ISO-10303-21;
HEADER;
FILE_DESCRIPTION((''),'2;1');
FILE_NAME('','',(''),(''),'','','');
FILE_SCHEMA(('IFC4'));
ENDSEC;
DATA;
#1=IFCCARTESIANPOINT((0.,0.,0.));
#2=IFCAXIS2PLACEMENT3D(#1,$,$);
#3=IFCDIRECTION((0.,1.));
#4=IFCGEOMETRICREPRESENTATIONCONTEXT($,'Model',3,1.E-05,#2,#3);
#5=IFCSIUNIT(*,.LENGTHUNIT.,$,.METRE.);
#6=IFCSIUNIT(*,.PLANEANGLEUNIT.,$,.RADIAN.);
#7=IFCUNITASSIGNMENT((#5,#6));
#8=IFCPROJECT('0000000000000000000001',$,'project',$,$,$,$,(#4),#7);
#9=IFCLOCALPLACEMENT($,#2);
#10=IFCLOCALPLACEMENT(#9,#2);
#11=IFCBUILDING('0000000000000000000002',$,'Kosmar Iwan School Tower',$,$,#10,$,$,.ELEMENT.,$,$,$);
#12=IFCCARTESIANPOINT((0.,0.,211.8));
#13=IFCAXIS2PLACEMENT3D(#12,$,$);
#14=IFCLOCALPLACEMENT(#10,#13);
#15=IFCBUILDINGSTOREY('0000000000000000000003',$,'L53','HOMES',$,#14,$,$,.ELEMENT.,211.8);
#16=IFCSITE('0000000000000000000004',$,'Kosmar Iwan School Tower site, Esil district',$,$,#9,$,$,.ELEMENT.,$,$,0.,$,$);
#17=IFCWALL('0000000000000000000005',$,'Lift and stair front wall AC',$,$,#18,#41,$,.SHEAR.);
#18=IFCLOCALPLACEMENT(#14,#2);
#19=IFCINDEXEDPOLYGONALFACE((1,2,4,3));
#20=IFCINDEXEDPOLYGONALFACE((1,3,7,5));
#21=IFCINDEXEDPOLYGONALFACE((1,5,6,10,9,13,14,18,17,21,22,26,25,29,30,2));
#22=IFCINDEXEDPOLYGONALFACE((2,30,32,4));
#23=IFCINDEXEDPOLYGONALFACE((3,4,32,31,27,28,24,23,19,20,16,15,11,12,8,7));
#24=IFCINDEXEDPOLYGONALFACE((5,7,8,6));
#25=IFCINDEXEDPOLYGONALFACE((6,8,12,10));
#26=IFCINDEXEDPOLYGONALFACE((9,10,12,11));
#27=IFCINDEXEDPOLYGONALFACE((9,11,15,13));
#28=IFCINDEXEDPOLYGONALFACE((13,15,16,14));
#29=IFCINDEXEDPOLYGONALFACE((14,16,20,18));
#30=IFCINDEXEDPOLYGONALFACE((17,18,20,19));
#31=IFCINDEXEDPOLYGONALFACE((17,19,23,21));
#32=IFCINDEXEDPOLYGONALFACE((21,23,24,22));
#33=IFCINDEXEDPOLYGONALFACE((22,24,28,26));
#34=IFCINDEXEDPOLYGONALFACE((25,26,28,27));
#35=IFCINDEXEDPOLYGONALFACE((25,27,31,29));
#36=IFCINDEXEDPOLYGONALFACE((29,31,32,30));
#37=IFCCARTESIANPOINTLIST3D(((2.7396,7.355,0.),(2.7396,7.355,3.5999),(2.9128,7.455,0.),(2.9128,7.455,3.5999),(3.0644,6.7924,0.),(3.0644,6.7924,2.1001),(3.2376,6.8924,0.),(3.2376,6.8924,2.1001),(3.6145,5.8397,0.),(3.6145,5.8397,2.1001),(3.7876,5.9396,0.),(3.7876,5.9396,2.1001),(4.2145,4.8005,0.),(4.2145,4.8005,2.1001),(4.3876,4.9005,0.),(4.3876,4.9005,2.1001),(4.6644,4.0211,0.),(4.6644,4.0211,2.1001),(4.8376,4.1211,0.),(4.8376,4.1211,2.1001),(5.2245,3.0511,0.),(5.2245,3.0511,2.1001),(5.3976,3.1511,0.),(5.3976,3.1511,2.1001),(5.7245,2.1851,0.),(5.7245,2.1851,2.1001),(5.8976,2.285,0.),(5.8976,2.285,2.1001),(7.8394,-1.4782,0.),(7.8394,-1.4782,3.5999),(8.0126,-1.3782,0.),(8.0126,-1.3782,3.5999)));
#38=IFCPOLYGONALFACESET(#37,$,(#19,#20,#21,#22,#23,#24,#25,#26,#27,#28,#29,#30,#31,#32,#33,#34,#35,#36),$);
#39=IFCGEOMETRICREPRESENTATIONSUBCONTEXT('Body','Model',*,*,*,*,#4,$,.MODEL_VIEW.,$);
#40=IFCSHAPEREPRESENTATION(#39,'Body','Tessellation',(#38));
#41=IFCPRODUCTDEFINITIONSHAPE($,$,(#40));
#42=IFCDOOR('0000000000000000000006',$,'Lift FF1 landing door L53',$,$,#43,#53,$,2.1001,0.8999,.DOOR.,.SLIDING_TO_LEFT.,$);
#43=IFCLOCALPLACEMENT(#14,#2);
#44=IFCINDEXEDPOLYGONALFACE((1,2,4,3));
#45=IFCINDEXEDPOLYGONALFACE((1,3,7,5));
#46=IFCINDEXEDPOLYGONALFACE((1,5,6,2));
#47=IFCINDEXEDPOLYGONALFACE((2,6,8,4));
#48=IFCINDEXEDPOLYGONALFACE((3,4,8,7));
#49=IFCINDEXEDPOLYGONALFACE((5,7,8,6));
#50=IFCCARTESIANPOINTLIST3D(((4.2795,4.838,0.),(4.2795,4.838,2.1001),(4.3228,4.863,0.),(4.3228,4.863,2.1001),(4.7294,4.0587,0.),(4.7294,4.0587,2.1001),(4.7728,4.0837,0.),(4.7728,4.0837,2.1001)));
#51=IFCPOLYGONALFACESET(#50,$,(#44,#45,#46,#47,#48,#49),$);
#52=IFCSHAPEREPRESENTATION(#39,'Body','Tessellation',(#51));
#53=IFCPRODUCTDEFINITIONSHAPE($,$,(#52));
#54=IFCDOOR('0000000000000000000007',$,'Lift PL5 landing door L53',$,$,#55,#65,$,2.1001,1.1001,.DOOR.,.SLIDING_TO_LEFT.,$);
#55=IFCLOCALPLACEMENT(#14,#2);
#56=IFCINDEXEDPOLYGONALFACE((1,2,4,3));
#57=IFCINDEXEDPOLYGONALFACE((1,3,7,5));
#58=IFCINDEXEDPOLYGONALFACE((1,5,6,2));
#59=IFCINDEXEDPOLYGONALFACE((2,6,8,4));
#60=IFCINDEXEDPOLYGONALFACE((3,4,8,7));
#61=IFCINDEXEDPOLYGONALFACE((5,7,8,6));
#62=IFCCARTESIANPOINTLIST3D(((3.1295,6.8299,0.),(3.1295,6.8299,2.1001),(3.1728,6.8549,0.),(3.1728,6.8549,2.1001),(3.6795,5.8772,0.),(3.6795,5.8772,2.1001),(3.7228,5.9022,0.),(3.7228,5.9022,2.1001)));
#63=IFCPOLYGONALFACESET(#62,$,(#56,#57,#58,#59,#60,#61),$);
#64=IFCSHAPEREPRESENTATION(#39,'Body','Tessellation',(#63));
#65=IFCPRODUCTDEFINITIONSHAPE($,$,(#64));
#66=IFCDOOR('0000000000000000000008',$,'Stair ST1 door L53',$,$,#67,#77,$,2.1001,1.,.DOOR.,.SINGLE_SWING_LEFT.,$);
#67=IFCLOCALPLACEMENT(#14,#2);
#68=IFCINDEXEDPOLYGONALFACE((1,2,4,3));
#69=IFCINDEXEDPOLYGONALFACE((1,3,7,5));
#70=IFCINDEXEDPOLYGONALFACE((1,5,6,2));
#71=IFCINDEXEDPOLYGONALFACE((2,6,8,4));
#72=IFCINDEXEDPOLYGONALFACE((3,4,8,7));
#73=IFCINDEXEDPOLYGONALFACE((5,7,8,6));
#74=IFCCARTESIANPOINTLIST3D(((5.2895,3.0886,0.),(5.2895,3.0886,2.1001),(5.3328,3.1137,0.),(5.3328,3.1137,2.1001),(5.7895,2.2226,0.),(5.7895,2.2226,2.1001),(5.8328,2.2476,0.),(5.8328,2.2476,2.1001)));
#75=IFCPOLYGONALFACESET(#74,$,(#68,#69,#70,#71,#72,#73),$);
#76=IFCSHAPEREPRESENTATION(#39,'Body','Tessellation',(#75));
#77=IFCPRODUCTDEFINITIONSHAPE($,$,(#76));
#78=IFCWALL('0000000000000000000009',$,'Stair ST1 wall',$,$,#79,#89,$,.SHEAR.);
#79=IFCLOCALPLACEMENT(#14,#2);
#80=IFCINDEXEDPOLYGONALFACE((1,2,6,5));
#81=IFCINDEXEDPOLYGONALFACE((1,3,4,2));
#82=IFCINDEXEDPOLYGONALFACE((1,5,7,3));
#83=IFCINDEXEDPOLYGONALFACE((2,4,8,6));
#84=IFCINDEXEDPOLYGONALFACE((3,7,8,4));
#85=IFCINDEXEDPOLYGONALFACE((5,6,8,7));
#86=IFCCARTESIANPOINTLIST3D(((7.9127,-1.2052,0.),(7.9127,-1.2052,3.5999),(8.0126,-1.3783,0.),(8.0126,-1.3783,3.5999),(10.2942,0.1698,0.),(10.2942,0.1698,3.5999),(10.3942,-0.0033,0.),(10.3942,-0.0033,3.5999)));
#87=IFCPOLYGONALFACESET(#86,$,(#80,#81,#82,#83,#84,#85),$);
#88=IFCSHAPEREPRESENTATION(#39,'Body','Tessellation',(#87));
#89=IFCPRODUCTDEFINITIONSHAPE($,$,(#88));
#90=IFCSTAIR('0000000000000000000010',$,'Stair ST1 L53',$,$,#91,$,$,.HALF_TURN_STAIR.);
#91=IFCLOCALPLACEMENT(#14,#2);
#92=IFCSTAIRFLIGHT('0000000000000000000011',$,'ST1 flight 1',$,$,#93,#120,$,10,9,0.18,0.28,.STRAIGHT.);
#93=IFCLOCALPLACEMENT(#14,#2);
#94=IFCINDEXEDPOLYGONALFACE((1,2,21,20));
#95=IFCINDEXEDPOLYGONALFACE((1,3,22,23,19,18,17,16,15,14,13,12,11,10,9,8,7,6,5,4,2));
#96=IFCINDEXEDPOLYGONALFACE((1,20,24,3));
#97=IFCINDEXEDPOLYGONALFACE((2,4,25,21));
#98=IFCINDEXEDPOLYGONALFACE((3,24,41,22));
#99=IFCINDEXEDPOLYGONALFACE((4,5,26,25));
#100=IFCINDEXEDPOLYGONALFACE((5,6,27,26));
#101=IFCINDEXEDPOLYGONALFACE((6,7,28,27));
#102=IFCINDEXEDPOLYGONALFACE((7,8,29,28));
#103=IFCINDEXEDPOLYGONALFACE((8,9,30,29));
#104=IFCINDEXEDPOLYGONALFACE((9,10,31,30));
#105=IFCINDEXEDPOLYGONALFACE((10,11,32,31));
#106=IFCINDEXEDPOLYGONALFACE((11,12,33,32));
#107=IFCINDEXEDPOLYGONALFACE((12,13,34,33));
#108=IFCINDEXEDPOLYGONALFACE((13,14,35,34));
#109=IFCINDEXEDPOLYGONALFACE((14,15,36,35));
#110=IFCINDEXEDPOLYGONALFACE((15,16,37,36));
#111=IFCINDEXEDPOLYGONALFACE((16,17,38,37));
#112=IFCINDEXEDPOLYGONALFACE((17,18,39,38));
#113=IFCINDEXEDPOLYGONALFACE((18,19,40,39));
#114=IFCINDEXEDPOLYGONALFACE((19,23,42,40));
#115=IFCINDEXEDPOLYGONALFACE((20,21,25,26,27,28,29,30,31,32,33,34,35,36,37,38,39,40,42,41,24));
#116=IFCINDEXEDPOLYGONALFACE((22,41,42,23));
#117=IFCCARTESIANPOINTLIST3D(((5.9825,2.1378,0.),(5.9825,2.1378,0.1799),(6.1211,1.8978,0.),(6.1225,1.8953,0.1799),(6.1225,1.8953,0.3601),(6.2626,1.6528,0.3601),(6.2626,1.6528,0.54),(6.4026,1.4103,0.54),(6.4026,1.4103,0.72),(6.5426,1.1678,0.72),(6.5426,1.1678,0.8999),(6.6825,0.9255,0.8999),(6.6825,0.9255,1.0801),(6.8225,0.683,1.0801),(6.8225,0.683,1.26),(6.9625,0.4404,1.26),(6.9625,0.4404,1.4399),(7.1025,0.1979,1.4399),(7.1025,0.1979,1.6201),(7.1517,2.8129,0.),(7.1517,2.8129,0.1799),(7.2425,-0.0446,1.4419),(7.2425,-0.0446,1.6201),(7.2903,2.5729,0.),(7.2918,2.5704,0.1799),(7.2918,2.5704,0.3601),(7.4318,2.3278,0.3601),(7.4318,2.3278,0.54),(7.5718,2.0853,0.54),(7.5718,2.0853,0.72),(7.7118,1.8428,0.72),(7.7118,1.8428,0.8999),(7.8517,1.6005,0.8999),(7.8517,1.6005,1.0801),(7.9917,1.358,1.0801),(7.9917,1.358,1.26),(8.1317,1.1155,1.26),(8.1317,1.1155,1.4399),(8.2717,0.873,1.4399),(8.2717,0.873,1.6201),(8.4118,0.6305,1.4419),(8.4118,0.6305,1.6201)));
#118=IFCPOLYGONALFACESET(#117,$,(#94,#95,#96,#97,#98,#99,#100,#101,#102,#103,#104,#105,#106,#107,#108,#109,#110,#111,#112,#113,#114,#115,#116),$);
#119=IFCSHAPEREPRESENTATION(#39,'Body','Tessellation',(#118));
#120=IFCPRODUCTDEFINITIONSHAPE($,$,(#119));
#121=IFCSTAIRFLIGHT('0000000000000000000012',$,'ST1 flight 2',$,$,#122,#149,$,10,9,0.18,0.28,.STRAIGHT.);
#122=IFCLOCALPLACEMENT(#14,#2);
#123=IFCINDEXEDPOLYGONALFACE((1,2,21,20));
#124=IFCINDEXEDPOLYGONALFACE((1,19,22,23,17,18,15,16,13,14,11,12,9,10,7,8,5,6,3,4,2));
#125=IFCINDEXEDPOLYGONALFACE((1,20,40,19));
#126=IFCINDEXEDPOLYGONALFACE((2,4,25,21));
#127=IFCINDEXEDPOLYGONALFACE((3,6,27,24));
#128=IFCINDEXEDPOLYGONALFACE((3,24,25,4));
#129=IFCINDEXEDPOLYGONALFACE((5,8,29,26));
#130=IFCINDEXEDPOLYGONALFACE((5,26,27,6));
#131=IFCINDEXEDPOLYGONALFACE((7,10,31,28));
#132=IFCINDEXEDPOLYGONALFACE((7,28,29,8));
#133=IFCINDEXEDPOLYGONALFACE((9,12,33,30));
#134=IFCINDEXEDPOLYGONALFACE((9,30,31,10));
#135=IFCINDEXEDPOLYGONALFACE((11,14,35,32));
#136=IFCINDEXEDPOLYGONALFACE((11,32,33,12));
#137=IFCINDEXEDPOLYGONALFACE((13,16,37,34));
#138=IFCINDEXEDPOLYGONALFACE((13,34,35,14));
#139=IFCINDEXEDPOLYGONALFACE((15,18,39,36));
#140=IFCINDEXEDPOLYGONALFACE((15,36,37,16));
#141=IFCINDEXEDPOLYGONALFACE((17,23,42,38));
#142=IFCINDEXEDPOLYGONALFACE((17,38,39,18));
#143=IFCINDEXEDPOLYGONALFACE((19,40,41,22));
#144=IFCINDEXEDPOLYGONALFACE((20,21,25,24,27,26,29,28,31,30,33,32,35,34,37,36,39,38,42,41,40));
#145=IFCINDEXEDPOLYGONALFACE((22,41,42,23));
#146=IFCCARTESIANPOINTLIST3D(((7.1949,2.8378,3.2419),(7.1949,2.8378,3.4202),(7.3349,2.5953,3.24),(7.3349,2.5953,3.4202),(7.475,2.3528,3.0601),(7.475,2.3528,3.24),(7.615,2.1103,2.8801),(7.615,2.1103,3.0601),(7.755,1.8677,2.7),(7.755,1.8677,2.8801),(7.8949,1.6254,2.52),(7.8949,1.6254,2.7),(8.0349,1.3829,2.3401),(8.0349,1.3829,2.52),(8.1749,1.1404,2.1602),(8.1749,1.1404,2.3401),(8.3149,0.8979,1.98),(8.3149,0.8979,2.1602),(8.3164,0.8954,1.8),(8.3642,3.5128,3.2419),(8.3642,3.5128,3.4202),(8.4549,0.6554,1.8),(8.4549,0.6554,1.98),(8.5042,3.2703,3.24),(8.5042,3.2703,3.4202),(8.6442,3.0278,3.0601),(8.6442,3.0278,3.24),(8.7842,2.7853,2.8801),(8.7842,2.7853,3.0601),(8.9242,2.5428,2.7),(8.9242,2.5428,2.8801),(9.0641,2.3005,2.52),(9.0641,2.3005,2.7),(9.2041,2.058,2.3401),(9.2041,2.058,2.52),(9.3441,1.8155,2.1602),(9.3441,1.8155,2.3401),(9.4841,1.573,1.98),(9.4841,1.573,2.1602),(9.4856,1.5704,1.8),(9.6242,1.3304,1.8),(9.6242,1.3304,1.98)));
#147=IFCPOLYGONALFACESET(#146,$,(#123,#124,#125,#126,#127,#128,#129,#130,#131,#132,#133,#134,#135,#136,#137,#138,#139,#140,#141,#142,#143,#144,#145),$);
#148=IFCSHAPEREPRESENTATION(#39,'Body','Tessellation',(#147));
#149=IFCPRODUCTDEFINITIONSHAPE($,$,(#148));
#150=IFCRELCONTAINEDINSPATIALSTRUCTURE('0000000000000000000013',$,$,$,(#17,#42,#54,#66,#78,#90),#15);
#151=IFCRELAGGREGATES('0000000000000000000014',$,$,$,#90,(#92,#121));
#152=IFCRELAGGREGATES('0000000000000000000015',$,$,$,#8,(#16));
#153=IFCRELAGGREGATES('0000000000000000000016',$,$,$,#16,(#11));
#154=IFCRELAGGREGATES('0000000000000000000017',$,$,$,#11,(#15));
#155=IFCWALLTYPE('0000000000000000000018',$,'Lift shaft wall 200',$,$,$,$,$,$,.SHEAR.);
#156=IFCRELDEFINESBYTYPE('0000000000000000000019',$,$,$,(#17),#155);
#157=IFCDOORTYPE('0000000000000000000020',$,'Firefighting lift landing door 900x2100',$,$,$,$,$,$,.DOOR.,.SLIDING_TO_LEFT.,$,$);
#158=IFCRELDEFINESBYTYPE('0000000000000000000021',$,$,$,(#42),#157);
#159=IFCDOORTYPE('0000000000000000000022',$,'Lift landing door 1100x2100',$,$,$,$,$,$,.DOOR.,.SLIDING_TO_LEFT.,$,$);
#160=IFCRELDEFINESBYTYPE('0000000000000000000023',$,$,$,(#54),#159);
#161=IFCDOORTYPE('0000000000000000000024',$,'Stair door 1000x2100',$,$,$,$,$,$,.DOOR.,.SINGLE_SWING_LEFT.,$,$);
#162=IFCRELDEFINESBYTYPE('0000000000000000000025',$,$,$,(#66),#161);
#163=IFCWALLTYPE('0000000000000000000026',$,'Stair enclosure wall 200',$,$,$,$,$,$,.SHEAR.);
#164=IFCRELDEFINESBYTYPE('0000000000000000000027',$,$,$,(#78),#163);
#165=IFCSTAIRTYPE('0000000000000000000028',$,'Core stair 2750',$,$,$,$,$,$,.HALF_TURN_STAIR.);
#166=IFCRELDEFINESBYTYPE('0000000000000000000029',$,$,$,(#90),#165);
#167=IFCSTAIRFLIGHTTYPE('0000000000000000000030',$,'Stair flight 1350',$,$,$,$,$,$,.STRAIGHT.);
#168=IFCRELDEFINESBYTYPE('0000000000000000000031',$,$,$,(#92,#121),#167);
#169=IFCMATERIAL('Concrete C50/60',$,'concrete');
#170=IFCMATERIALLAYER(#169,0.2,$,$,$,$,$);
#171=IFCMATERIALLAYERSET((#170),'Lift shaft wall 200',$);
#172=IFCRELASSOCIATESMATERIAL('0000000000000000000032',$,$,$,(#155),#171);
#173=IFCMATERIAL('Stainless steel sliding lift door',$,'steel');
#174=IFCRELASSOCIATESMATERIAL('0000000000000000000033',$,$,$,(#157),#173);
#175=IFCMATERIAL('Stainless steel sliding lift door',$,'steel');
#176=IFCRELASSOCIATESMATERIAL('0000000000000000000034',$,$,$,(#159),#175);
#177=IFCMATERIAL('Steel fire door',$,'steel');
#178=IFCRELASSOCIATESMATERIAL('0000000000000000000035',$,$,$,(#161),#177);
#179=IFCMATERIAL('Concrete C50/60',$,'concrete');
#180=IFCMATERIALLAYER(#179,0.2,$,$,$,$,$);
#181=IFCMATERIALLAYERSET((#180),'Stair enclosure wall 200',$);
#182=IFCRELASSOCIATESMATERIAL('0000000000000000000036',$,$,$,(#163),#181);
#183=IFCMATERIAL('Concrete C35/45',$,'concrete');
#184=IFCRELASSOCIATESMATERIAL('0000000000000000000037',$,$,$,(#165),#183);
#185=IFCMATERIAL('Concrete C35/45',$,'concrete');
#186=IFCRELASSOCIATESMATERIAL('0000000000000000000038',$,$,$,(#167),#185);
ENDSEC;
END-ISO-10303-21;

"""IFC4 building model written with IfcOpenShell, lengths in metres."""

from ifc_helpers import new_model, si_unit, direction, frame, frame_2d, origin, place, context, subcontext, project, spatial, polyline, rectangle, outline, extrude, material, layer, layer_set, type_object, element, fill, aggregate, save


model = new_model("IFC4")

# Units and contexts
model_context = context("Model", 3, precision=1e-05, world=origin(), true_north=direction((0.0, 1.0)))
body_context = subcontext(model_context, "Body", "Model", "MODEL_VIEW")
ifc_project = project(units=[si_unit("LENGTHUNIT", "METRE"), si_unit("PLANEANGLEUNIT", "RADIAN")], contexts=[model_context])

# Site, building, storey
site_placement = place(None, origin())
site = spatial("IfcSite", under=ifc_project, at=site_placement, Name="Kosmar Iwan School Tower site, Esil district", CompositionType="ELEMENT", RefElevation=0.0)
building_placement = place(site_placement, origin())
building = spatial("IfcBuilding", under=site, at=building_placement, Name="Kosmar Iwan School Tower", CompositionType="ELEMENT")
storey_placement = place(building_placement, frame((0.0, 0.0, 211.8)))
storey = spatial("IfcBuildingStorey", under=building, at=storey_placement, Name="L53", Description="HOMES", CompositionType="ELEMENT", Elevation=211.8)

# Wall, openings, doors
ifc_material_1 = material(Name="Concrete C50/60", Category="concrete")
ifc_layer_1 = layer(ifc_material_1, 0.2)
ifc_layer_set_1 = layer_set([ifc_layer_1], Name="Lift shaft wall 200")
wall_type_1 = type_object("IfcWallType", Name="Lift shaft wall 200", PredefinedType="SHEAR", material=ifc_layer_set_1)
wall_1_placement = place(storey_placement, frame((7.926, -1.4282, 0.0), z_axis=(0.0, 0.0, 1.0), x_axis=(-0.499998, 0.866027, 0.0)))
wall_1 = element("IfcWall", 1, at=wall_1_placement, inside=storey, type_object=wall_type_1, Name="Lift and stair front wall AC", PredefinedType="SHEAR", context=body_context, shape_type="SweptSolid", body=[
    extrude(rectangle(XDim=10.1997, YDim=0.2, at=frame_2d((5.0999, 0.0))), origin(), (0.0, 0.0, 1.0), 3.5999),
])
opening_1_placement = place(wall_1_placement, frame((6.3501, 0.0, 0.0)))
opening_1 = element("IfcOpeningElement", 2, at=opening_1_placement, cuts=wall_1, PredefinedType="OPENING", context=body_context, shape_type="SweptSolid", body=[
    extrude(rectangle(XDim=0.8999, YDim=2.1001, at=frame_2d((0.45, 1.05))), frame((0.0, 0.1121, 0.0), z_axis=(0.0, -1.0, 0.0), x_axis=(1.0, 0.0, 0.0)), (0.0, 0.0, 1.0), 0.2239),
])
opening_2_placement = place(wall_1_placement, frame((8.45, 0.0, 0.0)))
opening_2 = element("IfcOpeningElement", 3, at=opening_2_placement, cuts=wall_1, PredefinedType="OPENING", context=body_context, shape_type="SweptSolid", body=[
    extrude(rectangle(XDim=1.1001, YDim=2.1001, at=frame_2d((0.55, 1.05))), frame((0.0, 0.1121, 0.0), z_axis=(0.0, -1.0, 0.0), x_axis=(1.0, 0.0, 0.0)), (0.0, 0.0, 1.0), 0.2239),
])
opening_3_placement = place(wall_1_placement, frame((4.23, 0.0, 0.0)))
opening_3 = element("IfcOpeningElement", 4, at=opening_3_placement, cuts=wall_1, PredefinedType="OPENING", context=body_context, shape_type="SweptSolid", body=[
    extrude(rectangle(XDim=1.0, YDim=2.1001, at=frame_2d((0.5, 1.05))), frame((0.0, 0.1121, 0.0), z_axis=(0.0, -1.0, 0.0), x_axis=(1.0, 0.0, 0.0)), (0.0, 0.0, 1.0), 0.2239),
])
ifc_material_2 = material(Name="Stainless steel sliding lift door", Category="steel")
door_type_1 = type_object("IfcDoorType", Name="Firefighting lift landing door 900x2100", OperationType="SLIDING_TO_LEFT", PredefinedType="DOOR", material=ifc_material_2)
door_1_placement = place(opening_1_placement, origin())
door_1 = element("IfcDoor", 5, at=door_1_placement, inside=storey, type_object=door_type_1, Name="Lift FF1 landing door L53", OperationType="SLIDING_TO_LEFT", OverallHeight=2.1001, OverallWidth=0.8999, PredefinedType="DOOR", context=body_context, shape_type="SweptSolid", body=[
    extrude(rectangle(XDim=0.8999, YDim=2.1001, at=frame_2d((0.45, 1.05))), frame((0.0, 0.0249, 0.0), z_axis=(0.0, -1.0, 0.0), x_axis=(1.0, 0.0, 0.0)), (0.0, 0.0, 1.0), 0.05),
])
fill(opening_1, door_1)
ifc_material_3 = material(Name="Stainless steel sliding lift door", Category="steel")
door_type_2 = type_object("IfcDoorType", Name="Lift landing door 1100x2100", OperationType="SLIDING_TO_LEFT", PredefinedType="DOOR", material=ifc_material_3)
door_2_placement = place(opening_2_placement, origin())
door_2 = element("IfcDoor", 6, at=door_2_placement, inside=storey, type_object=door_type_2, Name="Lift PL5 landing door L53", OperationType="SLIDING_TO_LEFT", OverallHeight=2.1001, OverallWidth=1.1001, PredefinedType="DOOR", context=body_context, shape_type="SweptSolid", body=[
    extrude(rectangle(XDim=1.1001, YDim=2.1001, at=frame_2d((0.55, 1.05))), frame((0.0, 0.0249, 0.0), z_axis=(0.0, -1.0, 0.0), x_axis=(1.0, 0.0, 0.0)), (0.0, 0.0, 1.0), 0.05),
])
fill(opening_2, door_2)
ifc_material_4 = material(Name="Steel fire door", Category="steel")
door_type_3 = type_object("IfcDoorType", Name="Stair door 1000x2100", OperationType="SINGLE_SWING_LEFT", PredefinedType="DOOR", material=ifc_material_4)
door_3_placement = place(opening_3_placement, origin())
door_3 = element("IfcDoor", 7, at=door_3_placement, inside=storey, type_object=door_type_3, Name="Stair ST1 door L53", OperationType="SINGLE_SWING_LEFT", OverallHeight=2.1001, OverallWidth=1.0, PredefinedType="DOOR", context=body_context, shape_type="SweptSolid", body=[
    extrude(rectangle(XDim=1.0, YDim=2.1001, at=frame_2d((0.5, 1.05))), frame((0.0, 0.0249, 0.0), z_axis=(0.0, -1.0, 0.0), x_axis=(1.0, 0.0, 0.0)), (0.0, 0.0, 1.0), 0.05),
])
fill(opening_3, door_3)

# Wall
ifc_material_5 = material(Name="Concrete C50/60", Category="concrete")
ifc_layer_2 = layer(ifc_material_5, 0.2)
ifc_layer_set_2 = layer_set([ifc_layer_2], Name="Stair enclosure wall 200")
wall_type_2 = type_object("IfcWallType", Name="Stair enclosure wall 200", PredefinedType="SHEAR", material=ifc_layer_set_2)
wall_2_placement = place(storey_placement, frame((7.9626, -1.2917, 0.0), z_axis=(0.0, 0.0, 1.0), x_axis=(0.866027, 0.499997, 0.0)))
element("IfcWall", 8, at=wall_2_placement, inside=storey, type_object=wall_type_2, Name="Stair ST1 wall", PredefinedType="SHEAR", context=body_context, shape_type="SweptSolid", body=[
    extrude(rectangle(XDim=2.75, YDim=0.2, at=frame_2d((1.375, 0.0))), origin(), (0.0, 0.0, 1.0), 3.5999),
])

# Stair, stair flights
ifc_material_6 = material(Name="Concrete C35/45", Category="concrete")
stair_type = type_object("IfcStairType", Name="Core stair 2750", PredefinedType="HALF_TURN_STAIR", material=ifc_material_6)
stair_placement = place(storey_placement, origin())
stair = element("IfcStair", 9, at=stair_placement, inside=storey, type_object=stair_type, Name="Stair ST1 L53", PredefinedType="HALF_TURN_STAIR")
ifc_material_7 = material(Name="Concrete C35/45", Category="concrete")
stair_flight_type = type_object("IfcStairFlightType", Name="Stair flight 1350", PredefinedType="STRAIGHT", material=ifc_material_7)
stair_flight_1_placement = place(storey_placement, frame((6.5671, 2.4753, 0.0), z_axis=(0.0, 0.0, 1.0), x_axis=(0.5, -0.866025, 0.0)))
stair_flight_1 = element("IfcStairFlight", 10, at=stair_flight_1_placement, type_object=stair_flight_type, Name="ST1 flight 1", NumberOfRisers=10, NumberOfTreads=9, PredefinedType="STRAIGHT", RiserHeight=0.18, TreadLength=0.28, context=body_context, shape_type="SweptSolid", body=[
    extrude(outline(polyline([(0.0, 0.0), (0.0, 0.1799), (0.28, 0.1799), (0.28, 0.3601), (0.5601, 0.3601), (0.5601, 0.54), (0.8401, 0.54), (0.8401, 0.72), (1.1201, 0.72), (1.1201, 0.8999), (1.3999, 0.8999), (1.3999, 1.0801), (1.6799, 1.0801), (1.6799, 1.26), (1.96, 1.26), (1.96, 1.4399), (2.24, 1.4399), (2.24, 1.6201), (2.52, 1.6201), (2.52, 1.8), (2.52, 1.4419), (0.2771, 0.0), (0.0, 0.0)])), frame((0.0, 0.675, 0.0), z_axis=(0.0, -1.0, 0.0), x_axis=(1.0, 0.0, 0.0)), (0.0, 0.0, 1.0), 1.3501),
])
stair_flight_2_placement = place(storey_placement, frame((9.0396, 0.9929, 1.8), z_axis=(0.0, 0.0, 1.0), x_axis=(-0.5, 0.866025, 0.0)))
stair_flight_2 = element("IfcStairFlight", 11, at=stair_flight_2_placement, type_object=stair_flight_type, Name="ST1 flight 2", NumberOfRisers=10, NumberOfTreads=9, PredefinedType="STRAIGHT", RiserHeight=0.18, TreadLength=0.28, context=body_context, shape_type="SweptSolid", body=[
    extrude(outline(polyline([(0.0, 0.0), (0.0, 0.1799), (0.28, 0.1799), (0.28, 0.3601), (0.5601, 0.3601), (0.5601, 0.54), (0.8401, 0.54), (0.8401, 0.72), (1.1201, 0.72), (1.1201, 0.8999), (1.3999, 0.8999), (1.3999, 1.0801), (1.6799, 1.0801), (1.6799, 1.26), (1.96, 1.26), (1.96, 1.4399), (2.24, 1.4399), (2.24, 1.6201), (2.52, 1.6201), (2.52, 1.8), (2.52, 1.4419), (0.2771, 0.0), (0.0, 0.0)])), frame((0.0, 0.675, 0.0), z_axis=(0.0, -1.0, 0.0), x_axis=(1.0, 0.0, 0.0)), (0.0, 0.0, 1.0), 1.3501),
])
aggregate(stair, [stair_flight_1, stair_flight_2])

save(model, "model.ifc")
